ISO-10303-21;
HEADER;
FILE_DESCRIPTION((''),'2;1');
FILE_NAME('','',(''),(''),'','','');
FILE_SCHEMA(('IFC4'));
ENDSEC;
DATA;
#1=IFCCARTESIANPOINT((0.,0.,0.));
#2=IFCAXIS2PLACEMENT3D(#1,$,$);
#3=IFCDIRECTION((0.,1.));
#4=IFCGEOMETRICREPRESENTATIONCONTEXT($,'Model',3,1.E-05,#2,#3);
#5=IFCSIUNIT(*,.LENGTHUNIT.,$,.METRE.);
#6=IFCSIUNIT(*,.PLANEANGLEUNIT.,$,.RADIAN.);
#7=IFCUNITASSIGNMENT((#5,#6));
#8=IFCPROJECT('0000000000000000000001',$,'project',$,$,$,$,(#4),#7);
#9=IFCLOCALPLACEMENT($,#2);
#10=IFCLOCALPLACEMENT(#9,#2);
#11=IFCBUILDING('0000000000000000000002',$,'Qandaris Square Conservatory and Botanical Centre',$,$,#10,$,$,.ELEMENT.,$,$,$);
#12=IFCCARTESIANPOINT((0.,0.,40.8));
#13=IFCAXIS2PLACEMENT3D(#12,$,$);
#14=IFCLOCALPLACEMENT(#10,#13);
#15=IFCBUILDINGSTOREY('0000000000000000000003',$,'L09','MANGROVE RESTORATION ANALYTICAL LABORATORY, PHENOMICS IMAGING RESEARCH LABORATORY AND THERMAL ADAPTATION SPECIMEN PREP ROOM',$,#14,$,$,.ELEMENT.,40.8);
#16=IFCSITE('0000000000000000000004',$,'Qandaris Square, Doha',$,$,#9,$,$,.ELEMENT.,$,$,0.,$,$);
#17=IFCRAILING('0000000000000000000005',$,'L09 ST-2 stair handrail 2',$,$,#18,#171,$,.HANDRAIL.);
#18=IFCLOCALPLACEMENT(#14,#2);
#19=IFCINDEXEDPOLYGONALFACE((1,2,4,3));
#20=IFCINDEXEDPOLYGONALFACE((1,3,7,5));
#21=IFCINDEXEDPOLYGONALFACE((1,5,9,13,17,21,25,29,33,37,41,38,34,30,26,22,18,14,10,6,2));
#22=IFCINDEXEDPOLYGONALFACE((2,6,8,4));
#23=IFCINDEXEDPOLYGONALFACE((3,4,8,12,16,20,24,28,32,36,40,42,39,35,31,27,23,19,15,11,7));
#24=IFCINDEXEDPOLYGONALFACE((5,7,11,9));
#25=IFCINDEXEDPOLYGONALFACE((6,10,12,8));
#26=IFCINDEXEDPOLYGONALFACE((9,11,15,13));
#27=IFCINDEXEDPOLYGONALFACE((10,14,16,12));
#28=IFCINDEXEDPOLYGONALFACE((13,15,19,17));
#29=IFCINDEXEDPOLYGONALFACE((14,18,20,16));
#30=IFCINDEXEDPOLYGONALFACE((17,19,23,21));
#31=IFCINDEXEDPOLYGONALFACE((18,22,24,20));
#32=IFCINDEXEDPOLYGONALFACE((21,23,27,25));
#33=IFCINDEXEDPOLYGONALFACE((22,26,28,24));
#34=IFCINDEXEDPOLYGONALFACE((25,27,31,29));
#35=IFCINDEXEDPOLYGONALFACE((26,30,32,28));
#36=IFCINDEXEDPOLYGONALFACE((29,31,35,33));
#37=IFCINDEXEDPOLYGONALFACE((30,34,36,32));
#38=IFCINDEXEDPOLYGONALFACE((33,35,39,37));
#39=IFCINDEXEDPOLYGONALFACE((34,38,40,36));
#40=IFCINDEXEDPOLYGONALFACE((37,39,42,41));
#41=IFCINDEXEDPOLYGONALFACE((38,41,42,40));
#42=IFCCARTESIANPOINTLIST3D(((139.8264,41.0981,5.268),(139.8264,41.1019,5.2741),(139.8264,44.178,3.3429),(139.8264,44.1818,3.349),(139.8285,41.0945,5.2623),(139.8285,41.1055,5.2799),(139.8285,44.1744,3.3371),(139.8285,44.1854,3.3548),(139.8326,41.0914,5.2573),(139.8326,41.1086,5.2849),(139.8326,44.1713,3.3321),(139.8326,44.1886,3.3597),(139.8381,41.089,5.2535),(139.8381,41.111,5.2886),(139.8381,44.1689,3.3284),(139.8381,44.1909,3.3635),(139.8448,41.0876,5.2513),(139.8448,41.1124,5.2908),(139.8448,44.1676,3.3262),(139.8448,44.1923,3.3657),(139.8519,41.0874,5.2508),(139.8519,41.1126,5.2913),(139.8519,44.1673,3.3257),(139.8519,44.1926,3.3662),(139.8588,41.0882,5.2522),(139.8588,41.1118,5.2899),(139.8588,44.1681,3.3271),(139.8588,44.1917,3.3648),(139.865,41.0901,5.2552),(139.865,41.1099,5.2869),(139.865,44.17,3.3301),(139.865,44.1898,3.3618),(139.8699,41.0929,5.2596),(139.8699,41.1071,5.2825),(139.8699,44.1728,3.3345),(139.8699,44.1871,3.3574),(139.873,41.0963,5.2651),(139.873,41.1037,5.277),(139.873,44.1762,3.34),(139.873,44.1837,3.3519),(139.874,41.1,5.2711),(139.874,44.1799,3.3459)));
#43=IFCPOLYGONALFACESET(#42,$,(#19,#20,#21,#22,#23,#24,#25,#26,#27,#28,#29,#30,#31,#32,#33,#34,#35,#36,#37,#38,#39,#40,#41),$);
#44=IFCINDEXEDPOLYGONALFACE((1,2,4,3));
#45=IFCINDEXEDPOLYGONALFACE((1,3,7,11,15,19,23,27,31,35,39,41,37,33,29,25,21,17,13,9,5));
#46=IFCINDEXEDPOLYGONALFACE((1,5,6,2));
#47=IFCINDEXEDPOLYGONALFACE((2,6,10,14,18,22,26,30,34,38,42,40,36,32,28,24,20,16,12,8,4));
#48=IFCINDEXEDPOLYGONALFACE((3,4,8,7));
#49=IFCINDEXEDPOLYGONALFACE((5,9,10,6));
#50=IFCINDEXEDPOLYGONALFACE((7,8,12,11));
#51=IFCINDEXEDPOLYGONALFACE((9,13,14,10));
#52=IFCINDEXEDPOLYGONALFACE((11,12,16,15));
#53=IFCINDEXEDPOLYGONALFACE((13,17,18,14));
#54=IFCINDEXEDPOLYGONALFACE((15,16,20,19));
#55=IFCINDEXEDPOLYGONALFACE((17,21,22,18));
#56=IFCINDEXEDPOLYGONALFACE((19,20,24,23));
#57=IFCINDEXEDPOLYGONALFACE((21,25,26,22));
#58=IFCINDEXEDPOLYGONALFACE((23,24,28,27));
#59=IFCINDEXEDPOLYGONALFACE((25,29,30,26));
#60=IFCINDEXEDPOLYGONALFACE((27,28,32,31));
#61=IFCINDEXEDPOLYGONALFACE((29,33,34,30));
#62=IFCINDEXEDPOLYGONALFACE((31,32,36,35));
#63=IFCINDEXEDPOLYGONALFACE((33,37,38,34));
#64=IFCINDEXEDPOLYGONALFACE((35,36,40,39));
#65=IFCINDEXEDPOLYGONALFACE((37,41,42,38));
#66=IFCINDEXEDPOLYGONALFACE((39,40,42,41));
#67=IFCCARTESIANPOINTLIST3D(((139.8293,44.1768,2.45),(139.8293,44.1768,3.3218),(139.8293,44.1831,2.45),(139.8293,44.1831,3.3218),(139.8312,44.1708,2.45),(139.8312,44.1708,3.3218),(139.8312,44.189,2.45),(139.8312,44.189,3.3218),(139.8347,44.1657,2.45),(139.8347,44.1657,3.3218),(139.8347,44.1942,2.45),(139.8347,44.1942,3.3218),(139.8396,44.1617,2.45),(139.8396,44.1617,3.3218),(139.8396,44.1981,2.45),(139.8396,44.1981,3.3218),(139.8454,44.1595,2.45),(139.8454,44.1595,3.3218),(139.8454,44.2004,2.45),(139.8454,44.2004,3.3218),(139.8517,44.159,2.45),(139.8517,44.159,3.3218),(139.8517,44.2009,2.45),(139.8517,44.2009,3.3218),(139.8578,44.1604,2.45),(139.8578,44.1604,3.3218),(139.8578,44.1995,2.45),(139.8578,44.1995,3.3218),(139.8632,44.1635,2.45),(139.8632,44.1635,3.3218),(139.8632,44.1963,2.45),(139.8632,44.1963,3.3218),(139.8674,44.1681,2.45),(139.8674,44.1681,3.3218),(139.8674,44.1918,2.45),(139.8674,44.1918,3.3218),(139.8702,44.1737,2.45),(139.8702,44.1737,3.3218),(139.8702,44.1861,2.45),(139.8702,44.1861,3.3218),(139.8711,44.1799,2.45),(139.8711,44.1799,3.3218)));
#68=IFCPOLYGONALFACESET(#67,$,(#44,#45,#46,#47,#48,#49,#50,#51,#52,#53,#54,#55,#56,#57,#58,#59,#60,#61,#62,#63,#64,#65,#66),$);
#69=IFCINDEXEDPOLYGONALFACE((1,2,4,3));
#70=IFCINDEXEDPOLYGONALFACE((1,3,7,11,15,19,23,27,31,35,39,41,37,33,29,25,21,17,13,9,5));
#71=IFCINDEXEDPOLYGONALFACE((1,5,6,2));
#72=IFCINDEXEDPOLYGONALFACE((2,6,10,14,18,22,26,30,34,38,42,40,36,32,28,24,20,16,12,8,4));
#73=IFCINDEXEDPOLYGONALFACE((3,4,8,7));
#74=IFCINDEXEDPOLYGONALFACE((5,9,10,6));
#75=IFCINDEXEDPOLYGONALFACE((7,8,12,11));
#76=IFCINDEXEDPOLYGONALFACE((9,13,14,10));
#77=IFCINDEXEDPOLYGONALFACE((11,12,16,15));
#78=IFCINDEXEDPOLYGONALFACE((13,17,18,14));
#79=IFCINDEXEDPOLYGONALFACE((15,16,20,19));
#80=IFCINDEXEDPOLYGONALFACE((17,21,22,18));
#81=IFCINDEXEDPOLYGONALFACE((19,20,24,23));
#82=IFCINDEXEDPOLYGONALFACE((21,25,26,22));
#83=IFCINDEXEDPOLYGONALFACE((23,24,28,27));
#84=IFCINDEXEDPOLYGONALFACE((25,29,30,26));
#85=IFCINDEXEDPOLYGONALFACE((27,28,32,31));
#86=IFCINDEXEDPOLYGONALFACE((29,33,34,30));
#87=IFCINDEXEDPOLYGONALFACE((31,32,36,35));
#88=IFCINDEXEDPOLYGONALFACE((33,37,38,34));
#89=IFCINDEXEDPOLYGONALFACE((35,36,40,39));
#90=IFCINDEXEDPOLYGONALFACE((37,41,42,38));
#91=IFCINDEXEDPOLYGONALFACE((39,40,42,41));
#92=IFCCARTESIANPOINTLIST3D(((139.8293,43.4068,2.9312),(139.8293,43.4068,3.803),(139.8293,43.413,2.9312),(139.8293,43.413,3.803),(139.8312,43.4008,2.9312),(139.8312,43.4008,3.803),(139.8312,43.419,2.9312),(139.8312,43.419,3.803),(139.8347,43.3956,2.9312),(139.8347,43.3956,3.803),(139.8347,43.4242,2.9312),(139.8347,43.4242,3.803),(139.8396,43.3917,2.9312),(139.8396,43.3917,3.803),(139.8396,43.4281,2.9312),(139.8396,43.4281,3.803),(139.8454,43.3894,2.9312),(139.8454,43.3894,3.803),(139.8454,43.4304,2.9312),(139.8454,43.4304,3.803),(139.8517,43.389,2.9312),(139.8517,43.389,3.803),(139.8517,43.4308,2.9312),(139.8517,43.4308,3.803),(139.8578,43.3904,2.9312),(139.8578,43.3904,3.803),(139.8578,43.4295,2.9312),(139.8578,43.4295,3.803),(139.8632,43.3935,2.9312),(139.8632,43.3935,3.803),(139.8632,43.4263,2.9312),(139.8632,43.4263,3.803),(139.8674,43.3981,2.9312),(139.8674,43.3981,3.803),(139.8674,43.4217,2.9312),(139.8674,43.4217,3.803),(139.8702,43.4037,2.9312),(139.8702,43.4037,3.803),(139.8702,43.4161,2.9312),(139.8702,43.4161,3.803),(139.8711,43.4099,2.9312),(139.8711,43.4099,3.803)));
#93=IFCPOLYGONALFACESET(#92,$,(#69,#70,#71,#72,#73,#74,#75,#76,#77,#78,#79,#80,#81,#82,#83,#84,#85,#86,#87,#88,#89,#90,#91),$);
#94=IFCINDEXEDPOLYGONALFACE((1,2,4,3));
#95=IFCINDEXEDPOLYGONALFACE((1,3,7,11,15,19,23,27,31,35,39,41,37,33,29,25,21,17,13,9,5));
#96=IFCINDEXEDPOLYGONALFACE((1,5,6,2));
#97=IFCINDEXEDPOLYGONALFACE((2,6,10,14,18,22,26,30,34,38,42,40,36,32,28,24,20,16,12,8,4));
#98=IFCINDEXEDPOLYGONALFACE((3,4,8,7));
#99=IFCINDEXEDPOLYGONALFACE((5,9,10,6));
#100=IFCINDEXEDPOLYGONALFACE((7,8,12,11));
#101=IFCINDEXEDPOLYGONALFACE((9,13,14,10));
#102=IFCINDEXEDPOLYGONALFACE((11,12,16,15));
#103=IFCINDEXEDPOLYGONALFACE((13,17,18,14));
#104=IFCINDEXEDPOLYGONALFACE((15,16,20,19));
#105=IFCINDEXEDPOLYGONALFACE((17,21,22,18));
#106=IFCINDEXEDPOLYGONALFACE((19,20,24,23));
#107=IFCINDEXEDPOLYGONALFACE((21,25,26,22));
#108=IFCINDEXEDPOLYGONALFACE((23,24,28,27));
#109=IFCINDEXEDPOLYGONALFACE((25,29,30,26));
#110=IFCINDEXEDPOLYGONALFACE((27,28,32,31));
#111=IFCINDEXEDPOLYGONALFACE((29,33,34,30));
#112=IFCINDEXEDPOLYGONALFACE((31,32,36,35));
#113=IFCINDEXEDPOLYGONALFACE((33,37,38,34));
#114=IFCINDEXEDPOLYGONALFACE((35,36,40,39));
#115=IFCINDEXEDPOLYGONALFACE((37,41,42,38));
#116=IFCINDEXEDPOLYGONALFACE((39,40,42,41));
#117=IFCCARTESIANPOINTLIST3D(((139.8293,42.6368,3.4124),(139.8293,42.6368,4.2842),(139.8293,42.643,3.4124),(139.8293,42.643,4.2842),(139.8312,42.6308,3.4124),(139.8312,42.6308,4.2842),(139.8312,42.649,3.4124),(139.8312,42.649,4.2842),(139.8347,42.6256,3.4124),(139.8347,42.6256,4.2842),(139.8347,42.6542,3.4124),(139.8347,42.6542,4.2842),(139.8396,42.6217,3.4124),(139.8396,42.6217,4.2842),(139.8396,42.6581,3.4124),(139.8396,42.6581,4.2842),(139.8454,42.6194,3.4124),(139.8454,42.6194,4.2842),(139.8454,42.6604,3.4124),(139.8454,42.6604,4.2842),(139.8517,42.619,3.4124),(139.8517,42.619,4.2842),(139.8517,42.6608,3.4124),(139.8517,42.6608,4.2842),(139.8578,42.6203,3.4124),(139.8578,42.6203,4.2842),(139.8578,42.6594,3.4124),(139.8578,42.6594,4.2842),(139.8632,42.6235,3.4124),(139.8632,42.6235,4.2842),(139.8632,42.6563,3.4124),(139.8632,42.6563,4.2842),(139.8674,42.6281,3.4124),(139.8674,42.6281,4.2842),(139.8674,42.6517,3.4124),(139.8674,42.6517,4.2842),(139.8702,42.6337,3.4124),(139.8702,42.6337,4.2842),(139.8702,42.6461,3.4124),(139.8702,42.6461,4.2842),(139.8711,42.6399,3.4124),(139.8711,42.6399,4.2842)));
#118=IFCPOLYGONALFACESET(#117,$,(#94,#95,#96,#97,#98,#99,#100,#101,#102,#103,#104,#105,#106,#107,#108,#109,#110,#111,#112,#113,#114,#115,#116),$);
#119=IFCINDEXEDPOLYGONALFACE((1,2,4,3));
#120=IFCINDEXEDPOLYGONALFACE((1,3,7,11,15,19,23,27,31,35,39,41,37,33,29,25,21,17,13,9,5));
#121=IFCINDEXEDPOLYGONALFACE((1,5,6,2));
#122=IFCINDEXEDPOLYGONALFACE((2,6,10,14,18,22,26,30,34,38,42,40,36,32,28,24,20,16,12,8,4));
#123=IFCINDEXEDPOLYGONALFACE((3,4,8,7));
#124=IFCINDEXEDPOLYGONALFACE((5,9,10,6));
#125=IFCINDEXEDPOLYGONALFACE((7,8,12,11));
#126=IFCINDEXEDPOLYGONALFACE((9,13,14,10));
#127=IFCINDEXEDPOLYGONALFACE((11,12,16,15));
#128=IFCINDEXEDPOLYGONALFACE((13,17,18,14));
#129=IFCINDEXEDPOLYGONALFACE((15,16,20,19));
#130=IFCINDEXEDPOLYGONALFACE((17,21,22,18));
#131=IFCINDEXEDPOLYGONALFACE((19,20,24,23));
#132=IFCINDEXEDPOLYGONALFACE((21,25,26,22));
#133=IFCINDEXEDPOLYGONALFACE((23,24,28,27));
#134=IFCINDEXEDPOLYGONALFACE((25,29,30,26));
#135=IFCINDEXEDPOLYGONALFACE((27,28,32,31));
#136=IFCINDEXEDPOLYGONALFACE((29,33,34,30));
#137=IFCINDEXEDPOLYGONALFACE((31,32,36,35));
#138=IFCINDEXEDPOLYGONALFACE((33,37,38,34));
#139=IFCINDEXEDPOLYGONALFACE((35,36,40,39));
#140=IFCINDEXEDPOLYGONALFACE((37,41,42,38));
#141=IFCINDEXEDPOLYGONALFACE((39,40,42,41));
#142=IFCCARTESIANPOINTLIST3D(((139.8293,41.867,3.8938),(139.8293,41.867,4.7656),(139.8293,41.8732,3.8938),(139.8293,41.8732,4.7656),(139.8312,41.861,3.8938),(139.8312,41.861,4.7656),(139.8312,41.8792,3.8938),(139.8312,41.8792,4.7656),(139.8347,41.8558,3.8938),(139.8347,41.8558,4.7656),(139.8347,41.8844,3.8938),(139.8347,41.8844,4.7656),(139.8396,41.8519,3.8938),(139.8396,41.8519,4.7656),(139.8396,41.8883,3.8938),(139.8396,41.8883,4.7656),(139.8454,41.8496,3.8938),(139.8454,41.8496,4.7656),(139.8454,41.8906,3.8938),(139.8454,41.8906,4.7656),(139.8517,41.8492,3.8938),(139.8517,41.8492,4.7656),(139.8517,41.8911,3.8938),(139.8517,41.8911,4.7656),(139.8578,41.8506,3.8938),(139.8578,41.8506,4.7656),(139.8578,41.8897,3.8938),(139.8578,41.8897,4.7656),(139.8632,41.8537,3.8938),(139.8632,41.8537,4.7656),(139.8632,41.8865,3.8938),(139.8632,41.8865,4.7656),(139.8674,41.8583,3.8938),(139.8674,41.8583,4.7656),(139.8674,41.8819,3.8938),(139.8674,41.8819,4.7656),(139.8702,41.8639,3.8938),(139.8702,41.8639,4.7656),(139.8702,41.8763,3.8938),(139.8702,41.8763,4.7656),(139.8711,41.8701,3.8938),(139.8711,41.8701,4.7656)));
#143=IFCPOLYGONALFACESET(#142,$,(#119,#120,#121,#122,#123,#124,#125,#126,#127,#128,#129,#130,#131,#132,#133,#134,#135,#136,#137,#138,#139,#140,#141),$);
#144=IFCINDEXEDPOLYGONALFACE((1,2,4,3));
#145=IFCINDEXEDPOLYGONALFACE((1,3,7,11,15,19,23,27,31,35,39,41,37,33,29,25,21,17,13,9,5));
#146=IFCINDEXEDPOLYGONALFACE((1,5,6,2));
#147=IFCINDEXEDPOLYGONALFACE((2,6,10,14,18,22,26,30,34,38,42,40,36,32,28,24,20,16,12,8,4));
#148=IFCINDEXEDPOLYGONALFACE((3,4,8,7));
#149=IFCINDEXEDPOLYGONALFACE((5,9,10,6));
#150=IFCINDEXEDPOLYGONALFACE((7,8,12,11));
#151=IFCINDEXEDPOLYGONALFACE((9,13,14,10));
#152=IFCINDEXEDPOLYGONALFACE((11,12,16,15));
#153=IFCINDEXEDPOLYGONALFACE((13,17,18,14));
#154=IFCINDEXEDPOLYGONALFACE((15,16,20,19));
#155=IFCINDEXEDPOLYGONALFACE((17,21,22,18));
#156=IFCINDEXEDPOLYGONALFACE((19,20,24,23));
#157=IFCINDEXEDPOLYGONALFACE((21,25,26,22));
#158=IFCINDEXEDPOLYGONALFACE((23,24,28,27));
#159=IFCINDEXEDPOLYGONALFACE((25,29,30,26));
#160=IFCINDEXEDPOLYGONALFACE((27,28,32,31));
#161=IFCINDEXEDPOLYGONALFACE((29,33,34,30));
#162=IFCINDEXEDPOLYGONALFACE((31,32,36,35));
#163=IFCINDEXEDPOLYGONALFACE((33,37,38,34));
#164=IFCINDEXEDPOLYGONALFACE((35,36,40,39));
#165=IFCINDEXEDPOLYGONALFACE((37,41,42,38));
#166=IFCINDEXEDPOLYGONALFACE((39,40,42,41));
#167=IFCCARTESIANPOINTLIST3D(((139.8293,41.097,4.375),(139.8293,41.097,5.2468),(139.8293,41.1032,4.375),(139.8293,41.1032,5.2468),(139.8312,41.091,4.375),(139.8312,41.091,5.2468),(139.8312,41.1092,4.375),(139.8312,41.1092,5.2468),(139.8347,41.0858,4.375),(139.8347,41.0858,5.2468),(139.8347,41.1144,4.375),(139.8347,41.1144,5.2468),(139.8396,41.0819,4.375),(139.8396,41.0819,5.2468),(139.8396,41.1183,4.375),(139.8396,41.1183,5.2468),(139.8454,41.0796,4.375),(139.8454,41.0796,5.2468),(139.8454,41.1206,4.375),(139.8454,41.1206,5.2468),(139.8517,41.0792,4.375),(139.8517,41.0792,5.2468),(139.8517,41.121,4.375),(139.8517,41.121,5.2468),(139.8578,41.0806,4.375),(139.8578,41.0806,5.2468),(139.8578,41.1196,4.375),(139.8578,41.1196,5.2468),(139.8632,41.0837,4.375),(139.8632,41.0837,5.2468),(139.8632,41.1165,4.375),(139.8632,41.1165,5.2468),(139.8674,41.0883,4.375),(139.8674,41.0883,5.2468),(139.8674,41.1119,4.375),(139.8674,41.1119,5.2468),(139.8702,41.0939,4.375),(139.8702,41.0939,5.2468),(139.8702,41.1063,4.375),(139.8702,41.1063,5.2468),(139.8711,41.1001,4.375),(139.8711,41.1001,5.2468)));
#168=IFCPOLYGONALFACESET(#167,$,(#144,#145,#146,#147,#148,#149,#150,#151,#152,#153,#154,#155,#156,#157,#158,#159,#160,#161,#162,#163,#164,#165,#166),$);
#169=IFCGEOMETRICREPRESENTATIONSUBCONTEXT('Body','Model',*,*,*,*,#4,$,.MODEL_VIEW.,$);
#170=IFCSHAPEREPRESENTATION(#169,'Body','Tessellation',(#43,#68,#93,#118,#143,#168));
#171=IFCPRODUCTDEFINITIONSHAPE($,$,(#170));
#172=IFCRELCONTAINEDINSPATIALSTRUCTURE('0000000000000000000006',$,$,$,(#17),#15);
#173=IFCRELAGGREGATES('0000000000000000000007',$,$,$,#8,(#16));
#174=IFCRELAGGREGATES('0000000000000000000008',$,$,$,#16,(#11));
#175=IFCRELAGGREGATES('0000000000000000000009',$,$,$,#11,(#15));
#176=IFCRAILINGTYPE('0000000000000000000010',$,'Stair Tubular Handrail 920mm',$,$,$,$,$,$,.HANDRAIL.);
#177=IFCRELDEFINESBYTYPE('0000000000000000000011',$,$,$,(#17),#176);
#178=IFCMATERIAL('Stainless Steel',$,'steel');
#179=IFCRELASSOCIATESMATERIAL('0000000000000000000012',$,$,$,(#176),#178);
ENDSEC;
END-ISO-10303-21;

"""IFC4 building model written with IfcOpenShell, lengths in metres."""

from ifc_helpers import new_model, si_unit, direction, frame, origin, origin_2d, place, context, subcontext, project, spatial, circle, extrude, material, type_object, element, save


model = new_model("IFC4")

# Units and contexts
model_context = context("Model", 3, precision=1e-05, world=origin(), true_north=direction((0.0, 1.0)))
body_context = subcontext(model_context, "Body", "Model", "MODEL_VIEW")
ifc_project = project(units=[si_unit("LENGTHUNIT", "METRE"), si_unit("PLANEANGLEUNIT", "RADIAN")], contexts=[model_context])

# Site, building, storey
site_placement = place(None, origin())
site = spatial("IfcSite", under=ifc_project, at=site_placement, Name="Qandaris Square, Doha", CompositionType="ELEMENT", RefElevation=0.0)
building_placement = place(site_placement, origin())
building = spatial("IfcBuilding", under=site, at=building_placement, Name="Qandaris Square Conservatory and Botanical Centre", CompositionType="ELEMENT")
storey_placement = place(building_placement, frame((0.0, 0.0, 40.8)))
storey = spatial("IfcBuildingStorey", under=building, at=storey_placement, Name="L09", Description="MANGROVE RESTORATION ANALYTICAL LABORATORY, PHENOMICS IMAGING RESEARCH LABORATORY AND THERMAL ADAPTATION SPECIMEN PREP ROOM", CompositionType="ELEMENT", Elevation=40.8)

# Railing
ifc_material_1 = material(Name="Stainless Steel", Category="steel")
railing_type_1 = type_object("IfcRailingType", Name="Stair Tubular Handrail 920mm", PredefinedType="HANDRAIL", material=ifc_material_1)
railing_1_placement = place(storey_placement, frame((139.8501, 44.1799, 2.45)))
element("IfcRailing", 1, at=railing_1_placement, inside=storey, type_object=railing_type_1, Name="L09 ST-2 stair handrail 2", PredefinedType="HANDRAIL", context=body_context, shape_type="SweptSolid", body=[
    extrude(circle(Radius=0.0239, at=origin_2d()), frame((0.0, 0.0, 0.896), z_axis=(0.0, -0.847979, 0.530029), x_axis=(1.0, 0.0, 0.0)), (0.0, 0.0, 1.0), 3.6321),
    extrude(circle(Radius=0.021, at=origin_2d()), origin(), (0.0, 0.0, 1.0), 0.8718),
    extrude(circle(Radius=0.021, at=origin_2d()), frame((0.0, -0.77, 0.4812)), (0.0, 0.0, 1.0), 0.8718),
    extrude(circle(Radius=0.021, at=origin_2d()), frame((0.0, -1.54, 0.9624)), (0.0, 0.0, 1.0), 0.8718),
    extrude(circle(Radius=0.021, at=origin_2d()), frame((0.0, -2.3098, 1.4438)), (0.0, 0.0, 1.0), 0.8718),
    extrude(circle(Radius=0.021, at=origin_2d()), frame((0.0, -3.0798, 1.925)), (0.0, 0.0, 1.0), 0.8718),
])

save(model, "model.ifc")
